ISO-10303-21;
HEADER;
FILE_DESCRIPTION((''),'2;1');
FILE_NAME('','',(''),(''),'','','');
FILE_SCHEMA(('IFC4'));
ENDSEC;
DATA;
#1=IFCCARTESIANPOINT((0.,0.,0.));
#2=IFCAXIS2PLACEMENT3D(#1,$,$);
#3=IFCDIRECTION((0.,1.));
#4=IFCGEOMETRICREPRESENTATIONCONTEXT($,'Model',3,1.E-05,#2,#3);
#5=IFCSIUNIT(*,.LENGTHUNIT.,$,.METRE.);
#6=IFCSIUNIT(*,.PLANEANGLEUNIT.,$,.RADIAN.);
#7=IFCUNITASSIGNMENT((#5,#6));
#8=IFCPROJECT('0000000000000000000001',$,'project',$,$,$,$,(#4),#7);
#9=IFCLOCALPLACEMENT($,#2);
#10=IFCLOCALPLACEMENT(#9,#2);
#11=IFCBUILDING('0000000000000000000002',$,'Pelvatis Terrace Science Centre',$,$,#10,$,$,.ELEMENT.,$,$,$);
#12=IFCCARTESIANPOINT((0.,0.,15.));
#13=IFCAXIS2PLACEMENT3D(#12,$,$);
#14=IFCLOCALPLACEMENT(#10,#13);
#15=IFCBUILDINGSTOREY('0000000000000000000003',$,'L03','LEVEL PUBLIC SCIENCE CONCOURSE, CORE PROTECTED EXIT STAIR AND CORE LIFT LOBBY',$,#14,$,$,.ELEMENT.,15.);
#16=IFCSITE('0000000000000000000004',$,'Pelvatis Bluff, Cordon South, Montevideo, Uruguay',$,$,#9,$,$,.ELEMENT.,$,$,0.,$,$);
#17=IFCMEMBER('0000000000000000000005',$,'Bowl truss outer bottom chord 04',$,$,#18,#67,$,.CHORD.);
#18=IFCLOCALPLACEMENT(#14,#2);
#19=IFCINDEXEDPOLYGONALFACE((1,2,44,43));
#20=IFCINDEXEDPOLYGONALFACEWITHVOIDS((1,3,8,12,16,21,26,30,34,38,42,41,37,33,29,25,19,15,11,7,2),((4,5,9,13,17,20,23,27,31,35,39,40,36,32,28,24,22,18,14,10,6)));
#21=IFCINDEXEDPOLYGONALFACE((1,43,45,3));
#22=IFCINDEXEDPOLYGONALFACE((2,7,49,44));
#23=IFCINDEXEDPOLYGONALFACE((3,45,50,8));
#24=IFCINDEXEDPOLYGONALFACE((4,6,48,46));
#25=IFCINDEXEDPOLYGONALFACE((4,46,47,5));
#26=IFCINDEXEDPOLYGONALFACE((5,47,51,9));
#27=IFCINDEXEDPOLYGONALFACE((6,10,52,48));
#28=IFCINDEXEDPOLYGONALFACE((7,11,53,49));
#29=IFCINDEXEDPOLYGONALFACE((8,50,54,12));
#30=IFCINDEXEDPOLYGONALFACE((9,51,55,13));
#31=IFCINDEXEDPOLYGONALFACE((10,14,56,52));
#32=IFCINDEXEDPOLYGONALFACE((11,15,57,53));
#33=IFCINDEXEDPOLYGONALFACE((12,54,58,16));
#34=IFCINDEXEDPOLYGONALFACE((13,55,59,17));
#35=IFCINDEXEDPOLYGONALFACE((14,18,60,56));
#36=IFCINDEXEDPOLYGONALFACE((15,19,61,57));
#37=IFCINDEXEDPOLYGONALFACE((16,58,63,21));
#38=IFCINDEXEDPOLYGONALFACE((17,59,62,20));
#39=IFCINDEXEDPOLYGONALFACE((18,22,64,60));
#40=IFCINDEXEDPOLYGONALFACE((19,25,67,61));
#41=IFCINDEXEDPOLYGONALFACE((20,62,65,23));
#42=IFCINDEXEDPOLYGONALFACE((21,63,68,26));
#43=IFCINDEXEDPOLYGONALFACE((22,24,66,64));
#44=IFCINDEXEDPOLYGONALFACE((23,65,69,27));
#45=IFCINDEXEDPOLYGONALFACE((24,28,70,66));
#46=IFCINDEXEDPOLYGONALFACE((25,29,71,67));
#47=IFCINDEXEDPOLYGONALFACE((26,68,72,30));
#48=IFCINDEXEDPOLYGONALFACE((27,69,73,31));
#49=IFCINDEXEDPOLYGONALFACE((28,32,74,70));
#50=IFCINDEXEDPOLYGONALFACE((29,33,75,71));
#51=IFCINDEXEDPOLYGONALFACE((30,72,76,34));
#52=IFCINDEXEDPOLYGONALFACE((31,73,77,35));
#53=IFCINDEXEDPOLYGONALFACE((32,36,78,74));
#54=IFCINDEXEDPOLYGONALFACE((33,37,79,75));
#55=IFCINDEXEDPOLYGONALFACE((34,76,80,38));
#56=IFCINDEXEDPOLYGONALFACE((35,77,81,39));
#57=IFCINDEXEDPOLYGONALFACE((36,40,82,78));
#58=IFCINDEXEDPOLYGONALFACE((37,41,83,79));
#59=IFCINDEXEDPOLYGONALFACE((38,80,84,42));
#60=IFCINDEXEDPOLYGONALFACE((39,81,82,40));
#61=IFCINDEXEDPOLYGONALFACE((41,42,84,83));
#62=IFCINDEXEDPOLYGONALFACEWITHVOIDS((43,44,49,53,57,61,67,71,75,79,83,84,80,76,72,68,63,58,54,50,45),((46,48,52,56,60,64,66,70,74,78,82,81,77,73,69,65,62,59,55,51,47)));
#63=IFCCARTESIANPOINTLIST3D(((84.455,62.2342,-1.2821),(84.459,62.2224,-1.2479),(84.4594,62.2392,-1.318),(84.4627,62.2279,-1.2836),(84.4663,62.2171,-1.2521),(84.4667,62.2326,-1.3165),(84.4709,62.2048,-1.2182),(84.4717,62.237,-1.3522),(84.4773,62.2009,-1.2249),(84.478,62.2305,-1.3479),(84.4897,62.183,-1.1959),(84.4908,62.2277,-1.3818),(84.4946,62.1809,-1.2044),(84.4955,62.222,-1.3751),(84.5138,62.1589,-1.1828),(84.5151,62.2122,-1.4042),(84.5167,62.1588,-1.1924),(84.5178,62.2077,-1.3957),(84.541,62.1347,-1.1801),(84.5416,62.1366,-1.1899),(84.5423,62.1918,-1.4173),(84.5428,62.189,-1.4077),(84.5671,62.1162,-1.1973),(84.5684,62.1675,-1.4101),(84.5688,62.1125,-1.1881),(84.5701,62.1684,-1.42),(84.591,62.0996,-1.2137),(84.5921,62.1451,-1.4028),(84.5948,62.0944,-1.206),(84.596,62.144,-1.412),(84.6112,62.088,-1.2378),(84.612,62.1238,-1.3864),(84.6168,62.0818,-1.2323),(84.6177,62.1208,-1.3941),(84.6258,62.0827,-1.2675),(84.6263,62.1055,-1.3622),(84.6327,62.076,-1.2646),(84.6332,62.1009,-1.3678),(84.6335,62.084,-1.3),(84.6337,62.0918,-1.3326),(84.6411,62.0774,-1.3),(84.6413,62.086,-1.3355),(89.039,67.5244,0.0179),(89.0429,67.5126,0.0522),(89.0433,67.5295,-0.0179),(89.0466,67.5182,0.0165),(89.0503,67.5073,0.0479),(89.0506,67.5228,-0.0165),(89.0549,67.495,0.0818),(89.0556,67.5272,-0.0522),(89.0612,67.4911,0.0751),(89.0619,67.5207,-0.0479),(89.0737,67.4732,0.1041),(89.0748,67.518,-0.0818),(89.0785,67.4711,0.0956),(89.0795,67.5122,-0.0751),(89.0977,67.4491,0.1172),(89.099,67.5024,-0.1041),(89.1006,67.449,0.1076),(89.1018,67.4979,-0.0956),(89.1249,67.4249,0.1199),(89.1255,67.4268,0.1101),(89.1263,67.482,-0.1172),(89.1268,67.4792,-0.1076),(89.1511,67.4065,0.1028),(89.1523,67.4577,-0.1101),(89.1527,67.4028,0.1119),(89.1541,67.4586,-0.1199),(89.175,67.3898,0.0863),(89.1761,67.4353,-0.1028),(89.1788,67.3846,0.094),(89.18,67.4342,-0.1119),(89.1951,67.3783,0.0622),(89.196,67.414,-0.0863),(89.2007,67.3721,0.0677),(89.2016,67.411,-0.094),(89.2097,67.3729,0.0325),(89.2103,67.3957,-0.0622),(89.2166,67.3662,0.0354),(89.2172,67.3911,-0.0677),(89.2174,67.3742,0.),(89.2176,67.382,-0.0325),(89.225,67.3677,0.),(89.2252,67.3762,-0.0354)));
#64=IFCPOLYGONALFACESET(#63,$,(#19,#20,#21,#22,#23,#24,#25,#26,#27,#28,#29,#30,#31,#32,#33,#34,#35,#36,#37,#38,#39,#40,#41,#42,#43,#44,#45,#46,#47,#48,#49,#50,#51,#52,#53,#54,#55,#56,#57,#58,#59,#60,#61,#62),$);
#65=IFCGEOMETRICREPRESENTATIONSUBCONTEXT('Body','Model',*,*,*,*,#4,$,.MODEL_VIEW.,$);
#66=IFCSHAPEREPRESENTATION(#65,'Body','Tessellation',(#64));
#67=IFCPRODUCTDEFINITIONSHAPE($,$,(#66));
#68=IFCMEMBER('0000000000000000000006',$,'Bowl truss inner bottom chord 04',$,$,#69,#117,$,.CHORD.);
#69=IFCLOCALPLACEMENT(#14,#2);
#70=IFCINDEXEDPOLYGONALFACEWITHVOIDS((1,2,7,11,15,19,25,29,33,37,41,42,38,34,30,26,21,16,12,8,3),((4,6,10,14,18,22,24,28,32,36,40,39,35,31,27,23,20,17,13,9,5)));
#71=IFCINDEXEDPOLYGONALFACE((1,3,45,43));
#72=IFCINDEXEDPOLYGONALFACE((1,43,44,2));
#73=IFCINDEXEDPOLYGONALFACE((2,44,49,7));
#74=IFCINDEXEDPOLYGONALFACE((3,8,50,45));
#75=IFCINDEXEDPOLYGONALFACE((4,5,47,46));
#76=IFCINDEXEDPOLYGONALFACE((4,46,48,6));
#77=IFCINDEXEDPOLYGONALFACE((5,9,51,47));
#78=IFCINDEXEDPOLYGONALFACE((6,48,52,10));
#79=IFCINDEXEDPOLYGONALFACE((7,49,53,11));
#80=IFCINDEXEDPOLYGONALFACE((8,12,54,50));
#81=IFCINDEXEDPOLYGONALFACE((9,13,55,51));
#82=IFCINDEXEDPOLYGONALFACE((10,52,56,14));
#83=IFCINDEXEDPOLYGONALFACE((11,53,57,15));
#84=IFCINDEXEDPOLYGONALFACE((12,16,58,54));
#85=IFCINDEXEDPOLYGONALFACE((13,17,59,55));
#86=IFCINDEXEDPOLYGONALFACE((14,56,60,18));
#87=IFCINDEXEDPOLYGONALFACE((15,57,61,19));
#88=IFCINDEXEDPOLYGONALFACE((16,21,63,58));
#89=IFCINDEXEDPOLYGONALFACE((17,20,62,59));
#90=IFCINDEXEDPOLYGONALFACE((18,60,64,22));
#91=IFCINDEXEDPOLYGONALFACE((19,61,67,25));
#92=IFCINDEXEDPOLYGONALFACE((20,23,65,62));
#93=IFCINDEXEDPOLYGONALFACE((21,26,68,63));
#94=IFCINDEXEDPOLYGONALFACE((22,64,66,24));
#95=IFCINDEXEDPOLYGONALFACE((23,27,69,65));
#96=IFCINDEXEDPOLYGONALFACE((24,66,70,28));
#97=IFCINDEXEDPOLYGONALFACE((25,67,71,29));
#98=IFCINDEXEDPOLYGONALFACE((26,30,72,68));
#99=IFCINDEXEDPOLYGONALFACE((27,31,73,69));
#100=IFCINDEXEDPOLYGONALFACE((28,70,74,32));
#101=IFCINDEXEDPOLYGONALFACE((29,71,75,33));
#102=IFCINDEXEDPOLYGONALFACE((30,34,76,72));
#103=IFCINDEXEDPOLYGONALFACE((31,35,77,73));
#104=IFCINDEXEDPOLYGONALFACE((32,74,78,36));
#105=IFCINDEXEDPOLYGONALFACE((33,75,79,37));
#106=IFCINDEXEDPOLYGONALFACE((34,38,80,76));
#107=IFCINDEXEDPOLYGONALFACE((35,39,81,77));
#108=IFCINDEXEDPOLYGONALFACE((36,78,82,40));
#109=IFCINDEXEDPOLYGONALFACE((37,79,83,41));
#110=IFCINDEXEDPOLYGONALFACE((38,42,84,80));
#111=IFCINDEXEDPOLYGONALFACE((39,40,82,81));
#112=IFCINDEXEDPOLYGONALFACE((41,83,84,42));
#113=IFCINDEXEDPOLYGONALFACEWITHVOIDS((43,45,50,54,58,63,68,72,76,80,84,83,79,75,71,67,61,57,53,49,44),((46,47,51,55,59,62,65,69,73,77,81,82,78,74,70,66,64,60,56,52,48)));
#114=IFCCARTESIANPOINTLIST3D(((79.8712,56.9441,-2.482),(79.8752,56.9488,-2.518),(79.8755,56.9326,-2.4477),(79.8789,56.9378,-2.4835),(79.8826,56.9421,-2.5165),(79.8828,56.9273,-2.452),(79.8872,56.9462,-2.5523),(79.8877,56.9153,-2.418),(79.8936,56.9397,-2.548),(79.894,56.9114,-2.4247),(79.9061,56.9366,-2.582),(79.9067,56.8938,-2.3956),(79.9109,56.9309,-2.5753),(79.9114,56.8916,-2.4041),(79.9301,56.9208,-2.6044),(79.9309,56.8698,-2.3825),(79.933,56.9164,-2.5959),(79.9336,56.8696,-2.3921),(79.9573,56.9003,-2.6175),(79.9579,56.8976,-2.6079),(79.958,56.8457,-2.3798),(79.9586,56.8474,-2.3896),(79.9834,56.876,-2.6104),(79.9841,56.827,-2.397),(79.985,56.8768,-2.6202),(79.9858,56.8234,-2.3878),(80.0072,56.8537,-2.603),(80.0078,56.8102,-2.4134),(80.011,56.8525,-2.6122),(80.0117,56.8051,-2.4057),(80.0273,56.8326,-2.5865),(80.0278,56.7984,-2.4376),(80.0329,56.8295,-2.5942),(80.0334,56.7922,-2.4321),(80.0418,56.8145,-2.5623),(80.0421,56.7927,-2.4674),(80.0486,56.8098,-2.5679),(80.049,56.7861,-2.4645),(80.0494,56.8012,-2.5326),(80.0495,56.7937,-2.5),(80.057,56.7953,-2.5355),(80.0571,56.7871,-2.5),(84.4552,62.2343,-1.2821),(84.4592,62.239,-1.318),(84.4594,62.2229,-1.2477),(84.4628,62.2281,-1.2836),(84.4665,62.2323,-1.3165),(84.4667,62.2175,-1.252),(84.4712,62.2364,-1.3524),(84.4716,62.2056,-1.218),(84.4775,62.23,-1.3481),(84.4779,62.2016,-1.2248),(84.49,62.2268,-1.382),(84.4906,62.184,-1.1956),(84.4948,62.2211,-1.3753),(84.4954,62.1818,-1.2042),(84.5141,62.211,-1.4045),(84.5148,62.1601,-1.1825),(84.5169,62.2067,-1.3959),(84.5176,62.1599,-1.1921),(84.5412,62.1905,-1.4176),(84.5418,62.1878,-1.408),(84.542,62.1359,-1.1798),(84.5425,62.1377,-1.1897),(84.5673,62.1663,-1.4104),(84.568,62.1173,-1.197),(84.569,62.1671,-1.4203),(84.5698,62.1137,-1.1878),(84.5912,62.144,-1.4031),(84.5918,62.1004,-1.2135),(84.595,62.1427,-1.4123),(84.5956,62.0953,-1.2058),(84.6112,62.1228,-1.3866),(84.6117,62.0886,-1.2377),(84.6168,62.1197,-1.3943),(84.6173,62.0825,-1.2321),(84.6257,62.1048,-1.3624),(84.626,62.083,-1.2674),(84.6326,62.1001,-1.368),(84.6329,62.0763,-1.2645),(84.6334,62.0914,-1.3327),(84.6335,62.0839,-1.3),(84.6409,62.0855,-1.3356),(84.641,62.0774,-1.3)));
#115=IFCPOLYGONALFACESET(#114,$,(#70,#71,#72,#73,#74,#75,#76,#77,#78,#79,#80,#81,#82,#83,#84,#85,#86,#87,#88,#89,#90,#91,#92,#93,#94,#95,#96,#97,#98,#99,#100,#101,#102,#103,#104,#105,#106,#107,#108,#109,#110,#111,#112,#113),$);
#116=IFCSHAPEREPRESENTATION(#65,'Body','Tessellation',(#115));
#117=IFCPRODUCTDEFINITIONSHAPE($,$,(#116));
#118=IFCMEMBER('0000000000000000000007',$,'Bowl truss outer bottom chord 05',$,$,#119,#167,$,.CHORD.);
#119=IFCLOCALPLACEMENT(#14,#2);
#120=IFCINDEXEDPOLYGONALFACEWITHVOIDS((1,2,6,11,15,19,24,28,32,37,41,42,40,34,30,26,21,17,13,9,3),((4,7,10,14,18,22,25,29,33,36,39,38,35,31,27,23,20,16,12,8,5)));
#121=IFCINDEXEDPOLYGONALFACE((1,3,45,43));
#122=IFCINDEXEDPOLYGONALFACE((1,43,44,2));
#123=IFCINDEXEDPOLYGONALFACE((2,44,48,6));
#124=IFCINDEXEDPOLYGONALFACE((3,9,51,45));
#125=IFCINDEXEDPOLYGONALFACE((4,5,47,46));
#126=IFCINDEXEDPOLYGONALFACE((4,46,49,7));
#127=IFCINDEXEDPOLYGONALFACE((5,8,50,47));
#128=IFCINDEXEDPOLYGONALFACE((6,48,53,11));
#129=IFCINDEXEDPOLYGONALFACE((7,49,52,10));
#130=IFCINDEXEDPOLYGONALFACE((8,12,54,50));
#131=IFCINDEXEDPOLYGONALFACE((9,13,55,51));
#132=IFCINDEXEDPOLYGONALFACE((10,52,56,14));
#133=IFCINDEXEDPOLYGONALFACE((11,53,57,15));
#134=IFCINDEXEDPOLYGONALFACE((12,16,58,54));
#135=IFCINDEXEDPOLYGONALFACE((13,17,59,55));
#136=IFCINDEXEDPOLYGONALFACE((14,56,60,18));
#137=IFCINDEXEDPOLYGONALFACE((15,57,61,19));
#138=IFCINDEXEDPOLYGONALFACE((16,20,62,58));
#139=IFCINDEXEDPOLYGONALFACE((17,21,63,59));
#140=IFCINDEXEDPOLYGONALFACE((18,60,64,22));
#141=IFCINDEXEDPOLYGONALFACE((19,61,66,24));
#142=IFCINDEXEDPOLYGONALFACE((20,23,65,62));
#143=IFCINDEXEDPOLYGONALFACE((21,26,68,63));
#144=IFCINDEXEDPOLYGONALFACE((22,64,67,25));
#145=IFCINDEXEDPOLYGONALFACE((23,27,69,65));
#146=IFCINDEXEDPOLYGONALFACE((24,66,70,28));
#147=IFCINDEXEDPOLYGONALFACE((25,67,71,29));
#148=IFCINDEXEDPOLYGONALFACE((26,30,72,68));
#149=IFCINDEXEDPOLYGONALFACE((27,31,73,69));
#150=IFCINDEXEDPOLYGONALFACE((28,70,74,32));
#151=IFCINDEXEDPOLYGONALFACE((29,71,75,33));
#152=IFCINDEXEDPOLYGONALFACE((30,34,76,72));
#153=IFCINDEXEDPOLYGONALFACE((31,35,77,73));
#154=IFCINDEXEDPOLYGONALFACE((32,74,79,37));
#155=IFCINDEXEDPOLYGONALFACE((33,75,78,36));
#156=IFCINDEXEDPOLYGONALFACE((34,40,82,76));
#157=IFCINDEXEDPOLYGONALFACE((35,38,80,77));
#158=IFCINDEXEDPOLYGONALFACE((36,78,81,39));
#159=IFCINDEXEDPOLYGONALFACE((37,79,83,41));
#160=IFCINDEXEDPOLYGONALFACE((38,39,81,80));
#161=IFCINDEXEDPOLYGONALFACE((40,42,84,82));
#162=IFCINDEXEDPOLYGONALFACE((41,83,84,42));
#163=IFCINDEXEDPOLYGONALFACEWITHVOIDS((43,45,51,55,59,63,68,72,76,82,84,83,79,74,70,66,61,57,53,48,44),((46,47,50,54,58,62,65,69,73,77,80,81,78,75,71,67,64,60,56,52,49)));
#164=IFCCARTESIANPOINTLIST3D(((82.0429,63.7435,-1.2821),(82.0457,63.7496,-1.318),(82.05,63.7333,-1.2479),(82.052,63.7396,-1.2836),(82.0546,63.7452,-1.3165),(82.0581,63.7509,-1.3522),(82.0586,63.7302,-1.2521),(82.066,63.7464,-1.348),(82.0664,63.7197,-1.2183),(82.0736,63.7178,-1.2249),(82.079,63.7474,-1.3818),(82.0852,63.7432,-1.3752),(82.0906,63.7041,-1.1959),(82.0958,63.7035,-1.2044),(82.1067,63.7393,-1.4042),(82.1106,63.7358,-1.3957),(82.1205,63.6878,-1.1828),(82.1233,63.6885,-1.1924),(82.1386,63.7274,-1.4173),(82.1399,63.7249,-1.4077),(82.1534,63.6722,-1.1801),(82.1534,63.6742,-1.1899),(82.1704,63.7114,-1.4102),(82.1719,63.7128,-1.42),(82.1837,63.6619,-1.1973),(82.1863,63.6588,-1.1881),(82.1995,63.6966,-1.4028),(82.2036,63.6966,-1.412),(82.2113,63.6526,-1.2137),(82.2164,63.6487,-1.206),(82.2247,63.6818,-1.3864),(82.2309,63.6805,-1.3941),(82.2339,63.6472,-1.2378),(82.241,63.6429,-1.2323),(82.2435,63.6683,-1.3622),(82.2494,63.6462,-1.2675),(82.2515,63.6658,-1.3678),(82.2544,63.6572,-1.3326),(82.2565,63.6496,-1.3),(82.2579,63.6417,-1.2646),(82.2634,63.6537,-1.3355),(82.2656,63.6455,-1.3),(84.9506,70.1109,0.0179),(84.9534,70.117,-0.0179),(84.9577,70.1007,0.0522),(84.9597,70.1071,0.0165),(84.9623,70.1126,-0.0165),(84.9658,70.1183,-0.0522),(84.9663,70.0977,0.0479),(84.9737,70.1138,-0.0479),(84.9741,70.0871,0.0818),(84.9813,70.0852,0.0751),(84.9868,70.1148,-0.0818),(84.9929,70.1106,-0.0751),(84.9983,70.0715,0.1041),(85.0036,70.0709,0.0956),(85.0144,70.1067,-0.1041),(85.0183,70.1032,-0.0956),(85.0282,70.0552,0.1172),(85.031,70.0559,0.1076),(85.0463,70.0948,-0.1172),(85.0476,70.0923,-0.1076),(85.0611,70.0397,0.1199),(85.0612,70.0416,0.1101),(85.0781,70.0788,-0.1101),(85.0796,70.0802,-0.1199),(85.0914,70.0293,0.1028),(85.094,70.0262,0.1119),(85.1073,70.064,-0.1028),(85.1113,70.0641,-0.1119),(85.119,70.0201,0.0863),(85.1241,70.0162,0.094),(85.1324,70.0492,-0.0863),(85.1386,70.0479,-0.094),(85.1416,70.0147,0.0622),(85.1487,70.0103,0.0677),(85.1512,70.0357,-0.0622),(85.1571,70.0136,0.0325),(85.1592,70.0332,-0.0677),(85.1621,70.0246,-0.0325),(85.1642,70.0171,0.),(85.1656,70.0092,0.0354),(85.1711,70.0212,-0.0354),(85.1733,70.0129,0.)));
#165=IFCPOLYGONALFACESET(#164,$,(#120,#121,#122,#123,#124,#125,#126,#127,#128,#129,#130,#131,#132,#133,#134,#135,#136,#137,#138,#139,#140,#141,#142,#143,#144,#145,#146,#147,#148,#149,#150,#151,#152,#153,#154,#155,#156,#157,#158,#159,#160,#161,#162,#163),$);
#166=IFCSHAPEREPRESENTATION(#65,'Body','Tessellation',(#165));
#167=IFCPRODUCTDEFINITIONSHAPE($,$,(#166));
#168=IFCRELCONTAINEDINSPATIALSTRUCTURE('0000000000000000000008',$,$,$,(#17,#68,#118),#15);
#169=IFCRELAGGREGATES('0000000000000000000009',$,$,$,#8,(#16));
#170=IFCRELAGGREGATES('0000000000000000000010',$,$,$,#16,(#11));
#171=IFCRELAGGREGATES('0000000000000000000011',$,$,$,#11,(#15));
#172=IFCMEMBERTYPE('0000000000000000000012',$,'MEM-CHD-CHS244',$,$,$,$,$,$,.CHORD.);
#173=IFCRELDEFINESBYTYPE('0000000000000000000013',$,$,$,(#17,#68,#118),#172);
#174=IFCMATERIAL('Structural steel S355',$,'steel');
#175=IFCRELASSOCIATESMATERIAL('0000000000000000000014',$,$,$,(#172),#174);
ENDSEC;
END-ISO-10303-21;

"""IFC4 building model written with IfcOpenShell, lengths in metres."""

from ifc_helpers import new_model, si_unit, direction, frame, origin, origin_2d, place, context, subcontext, project, spatial, hollow_circle, extrude, material, material_profile, profile_set, type_object, element, save


model = new_model("IFC4")

# Units and contexts
model_context = context("Model", 3, precision=1e-05, world=origin(), true_north=direction((0.0, 1.0)))
body_context = subcontext(model_context, "Body", "Model", "MODEL_VIEW")
ifc_project = project(units=[si_unit("LENGTHUNIT", "METRE"), si_unit("PLANEANGLEUNIT", "RADIAN")], contexts=[model_context])

# Site, building, storey
site_placement = place(None, origin())
site = spatial("IfcSite", under=ifc_project, at=site_placement, Name="Pelvatis Bluff, Cordon South, Montevideo, Uruguay", CompositionType="ELEMENT", RefElevation=0.0)
building_placement = place(site_placement, origin())
building = spatial("IfcBuilding", under=site, at=building_placement, Name="Pelvatis Terrace Science Centre", CompositionType="ELEMENT")
storey_placement = place(building_placement, frame((0.0, 0.0, 15.0)))
storey = spatial("IfcBuildingStorey", under=building, at=storey_placement, Name="L03", Description="LEVEL PUBLIC SCIENCE CONCOURSE, CORE PROTECTED EXIT STAIR AND CORE LIFT LOBBY", CompositionType="ELEMENT", Elevation=15.0)

# Members
ifc_material_1 = material(Name="Structural steel S355", Category="steel")
ifc_material_profile_1 = material_profile(ifc_material_1, hollow_circle(Radius=0.1223, WallThickness=0.01, at=origin_2d()), Name="CHS 244.5x10.0")
ifc_profile_set_1 = profile_set([ifc_material_profile_1], Name="Structural steel S355")
member_type_1 = type_object("IfcMemberType", Name="MEM-CHD-CHS244", PredefinedType="CHORD", material=ifc_profile_set_1)
member_1_placement = place(storey_placement, frame((89.1326, 67.4478, 0.0), z_axis=(-0.643845, -0.743049, -0.182599), x_axis=(0.755755, -0.654855, 0.0)))
element("IfcMember", 1, at=member_1_placement, inside=storey, type_object=member_type_1, Name="Bowl truss outer bottom chord 04", PredefinedType="CHORD", context=body_context, shape_type="SweptSolid", body=[
    extrude(hollow_circle(Radius=0.1223, WallThickness=0.01, at=origin_2d()), origin(), (0.0, 0.0, 1.0), 7.1196),
])
member_2_placement = place(storey_placement, frame((84.5486, 62.1575, -1.3), z_axis=(-0.64544, -0.744889, -0.168957), x_axis=(0.755755, -0.654855, 0.0)))
element("IfcMember", 2, at=member_2_placement, inside=storey, type_object=member_type_1, Name="Bowl truss inner bottom chord 04", PredefinedType="CHORD", context=body_context, shape_type="SweptSolid", body=[
    extrude(hollow_circle(Radius=0.1223, WallThickness=0.01, at=origin_2d()), origin(), (0.0, 0.0, 1.0), 7.1021),
])
member_3_placement = place(storey_placement, frame((85.062, 70.0637, 0.0), z_axis=(-0.408408, -0.894349, -0.182601), x_axis=(0.909642, -0.415392, 0.0)))
element("IfcMember", 3, at=member_3_placement, inside=storey, type_object=member_type_1, Name="Bowl truss outer bottom chord 05", PredefinedType="CHORD", context=body_context, shape_type="SweptSolid", body=[
    extrude(hollow_circle(Radius=0.1223, WallThickness=0.01, at=origin_2d()), origin(), (0.0, 0.0, 1.0), 7.1196),
])

save(model, "model.ifc")
